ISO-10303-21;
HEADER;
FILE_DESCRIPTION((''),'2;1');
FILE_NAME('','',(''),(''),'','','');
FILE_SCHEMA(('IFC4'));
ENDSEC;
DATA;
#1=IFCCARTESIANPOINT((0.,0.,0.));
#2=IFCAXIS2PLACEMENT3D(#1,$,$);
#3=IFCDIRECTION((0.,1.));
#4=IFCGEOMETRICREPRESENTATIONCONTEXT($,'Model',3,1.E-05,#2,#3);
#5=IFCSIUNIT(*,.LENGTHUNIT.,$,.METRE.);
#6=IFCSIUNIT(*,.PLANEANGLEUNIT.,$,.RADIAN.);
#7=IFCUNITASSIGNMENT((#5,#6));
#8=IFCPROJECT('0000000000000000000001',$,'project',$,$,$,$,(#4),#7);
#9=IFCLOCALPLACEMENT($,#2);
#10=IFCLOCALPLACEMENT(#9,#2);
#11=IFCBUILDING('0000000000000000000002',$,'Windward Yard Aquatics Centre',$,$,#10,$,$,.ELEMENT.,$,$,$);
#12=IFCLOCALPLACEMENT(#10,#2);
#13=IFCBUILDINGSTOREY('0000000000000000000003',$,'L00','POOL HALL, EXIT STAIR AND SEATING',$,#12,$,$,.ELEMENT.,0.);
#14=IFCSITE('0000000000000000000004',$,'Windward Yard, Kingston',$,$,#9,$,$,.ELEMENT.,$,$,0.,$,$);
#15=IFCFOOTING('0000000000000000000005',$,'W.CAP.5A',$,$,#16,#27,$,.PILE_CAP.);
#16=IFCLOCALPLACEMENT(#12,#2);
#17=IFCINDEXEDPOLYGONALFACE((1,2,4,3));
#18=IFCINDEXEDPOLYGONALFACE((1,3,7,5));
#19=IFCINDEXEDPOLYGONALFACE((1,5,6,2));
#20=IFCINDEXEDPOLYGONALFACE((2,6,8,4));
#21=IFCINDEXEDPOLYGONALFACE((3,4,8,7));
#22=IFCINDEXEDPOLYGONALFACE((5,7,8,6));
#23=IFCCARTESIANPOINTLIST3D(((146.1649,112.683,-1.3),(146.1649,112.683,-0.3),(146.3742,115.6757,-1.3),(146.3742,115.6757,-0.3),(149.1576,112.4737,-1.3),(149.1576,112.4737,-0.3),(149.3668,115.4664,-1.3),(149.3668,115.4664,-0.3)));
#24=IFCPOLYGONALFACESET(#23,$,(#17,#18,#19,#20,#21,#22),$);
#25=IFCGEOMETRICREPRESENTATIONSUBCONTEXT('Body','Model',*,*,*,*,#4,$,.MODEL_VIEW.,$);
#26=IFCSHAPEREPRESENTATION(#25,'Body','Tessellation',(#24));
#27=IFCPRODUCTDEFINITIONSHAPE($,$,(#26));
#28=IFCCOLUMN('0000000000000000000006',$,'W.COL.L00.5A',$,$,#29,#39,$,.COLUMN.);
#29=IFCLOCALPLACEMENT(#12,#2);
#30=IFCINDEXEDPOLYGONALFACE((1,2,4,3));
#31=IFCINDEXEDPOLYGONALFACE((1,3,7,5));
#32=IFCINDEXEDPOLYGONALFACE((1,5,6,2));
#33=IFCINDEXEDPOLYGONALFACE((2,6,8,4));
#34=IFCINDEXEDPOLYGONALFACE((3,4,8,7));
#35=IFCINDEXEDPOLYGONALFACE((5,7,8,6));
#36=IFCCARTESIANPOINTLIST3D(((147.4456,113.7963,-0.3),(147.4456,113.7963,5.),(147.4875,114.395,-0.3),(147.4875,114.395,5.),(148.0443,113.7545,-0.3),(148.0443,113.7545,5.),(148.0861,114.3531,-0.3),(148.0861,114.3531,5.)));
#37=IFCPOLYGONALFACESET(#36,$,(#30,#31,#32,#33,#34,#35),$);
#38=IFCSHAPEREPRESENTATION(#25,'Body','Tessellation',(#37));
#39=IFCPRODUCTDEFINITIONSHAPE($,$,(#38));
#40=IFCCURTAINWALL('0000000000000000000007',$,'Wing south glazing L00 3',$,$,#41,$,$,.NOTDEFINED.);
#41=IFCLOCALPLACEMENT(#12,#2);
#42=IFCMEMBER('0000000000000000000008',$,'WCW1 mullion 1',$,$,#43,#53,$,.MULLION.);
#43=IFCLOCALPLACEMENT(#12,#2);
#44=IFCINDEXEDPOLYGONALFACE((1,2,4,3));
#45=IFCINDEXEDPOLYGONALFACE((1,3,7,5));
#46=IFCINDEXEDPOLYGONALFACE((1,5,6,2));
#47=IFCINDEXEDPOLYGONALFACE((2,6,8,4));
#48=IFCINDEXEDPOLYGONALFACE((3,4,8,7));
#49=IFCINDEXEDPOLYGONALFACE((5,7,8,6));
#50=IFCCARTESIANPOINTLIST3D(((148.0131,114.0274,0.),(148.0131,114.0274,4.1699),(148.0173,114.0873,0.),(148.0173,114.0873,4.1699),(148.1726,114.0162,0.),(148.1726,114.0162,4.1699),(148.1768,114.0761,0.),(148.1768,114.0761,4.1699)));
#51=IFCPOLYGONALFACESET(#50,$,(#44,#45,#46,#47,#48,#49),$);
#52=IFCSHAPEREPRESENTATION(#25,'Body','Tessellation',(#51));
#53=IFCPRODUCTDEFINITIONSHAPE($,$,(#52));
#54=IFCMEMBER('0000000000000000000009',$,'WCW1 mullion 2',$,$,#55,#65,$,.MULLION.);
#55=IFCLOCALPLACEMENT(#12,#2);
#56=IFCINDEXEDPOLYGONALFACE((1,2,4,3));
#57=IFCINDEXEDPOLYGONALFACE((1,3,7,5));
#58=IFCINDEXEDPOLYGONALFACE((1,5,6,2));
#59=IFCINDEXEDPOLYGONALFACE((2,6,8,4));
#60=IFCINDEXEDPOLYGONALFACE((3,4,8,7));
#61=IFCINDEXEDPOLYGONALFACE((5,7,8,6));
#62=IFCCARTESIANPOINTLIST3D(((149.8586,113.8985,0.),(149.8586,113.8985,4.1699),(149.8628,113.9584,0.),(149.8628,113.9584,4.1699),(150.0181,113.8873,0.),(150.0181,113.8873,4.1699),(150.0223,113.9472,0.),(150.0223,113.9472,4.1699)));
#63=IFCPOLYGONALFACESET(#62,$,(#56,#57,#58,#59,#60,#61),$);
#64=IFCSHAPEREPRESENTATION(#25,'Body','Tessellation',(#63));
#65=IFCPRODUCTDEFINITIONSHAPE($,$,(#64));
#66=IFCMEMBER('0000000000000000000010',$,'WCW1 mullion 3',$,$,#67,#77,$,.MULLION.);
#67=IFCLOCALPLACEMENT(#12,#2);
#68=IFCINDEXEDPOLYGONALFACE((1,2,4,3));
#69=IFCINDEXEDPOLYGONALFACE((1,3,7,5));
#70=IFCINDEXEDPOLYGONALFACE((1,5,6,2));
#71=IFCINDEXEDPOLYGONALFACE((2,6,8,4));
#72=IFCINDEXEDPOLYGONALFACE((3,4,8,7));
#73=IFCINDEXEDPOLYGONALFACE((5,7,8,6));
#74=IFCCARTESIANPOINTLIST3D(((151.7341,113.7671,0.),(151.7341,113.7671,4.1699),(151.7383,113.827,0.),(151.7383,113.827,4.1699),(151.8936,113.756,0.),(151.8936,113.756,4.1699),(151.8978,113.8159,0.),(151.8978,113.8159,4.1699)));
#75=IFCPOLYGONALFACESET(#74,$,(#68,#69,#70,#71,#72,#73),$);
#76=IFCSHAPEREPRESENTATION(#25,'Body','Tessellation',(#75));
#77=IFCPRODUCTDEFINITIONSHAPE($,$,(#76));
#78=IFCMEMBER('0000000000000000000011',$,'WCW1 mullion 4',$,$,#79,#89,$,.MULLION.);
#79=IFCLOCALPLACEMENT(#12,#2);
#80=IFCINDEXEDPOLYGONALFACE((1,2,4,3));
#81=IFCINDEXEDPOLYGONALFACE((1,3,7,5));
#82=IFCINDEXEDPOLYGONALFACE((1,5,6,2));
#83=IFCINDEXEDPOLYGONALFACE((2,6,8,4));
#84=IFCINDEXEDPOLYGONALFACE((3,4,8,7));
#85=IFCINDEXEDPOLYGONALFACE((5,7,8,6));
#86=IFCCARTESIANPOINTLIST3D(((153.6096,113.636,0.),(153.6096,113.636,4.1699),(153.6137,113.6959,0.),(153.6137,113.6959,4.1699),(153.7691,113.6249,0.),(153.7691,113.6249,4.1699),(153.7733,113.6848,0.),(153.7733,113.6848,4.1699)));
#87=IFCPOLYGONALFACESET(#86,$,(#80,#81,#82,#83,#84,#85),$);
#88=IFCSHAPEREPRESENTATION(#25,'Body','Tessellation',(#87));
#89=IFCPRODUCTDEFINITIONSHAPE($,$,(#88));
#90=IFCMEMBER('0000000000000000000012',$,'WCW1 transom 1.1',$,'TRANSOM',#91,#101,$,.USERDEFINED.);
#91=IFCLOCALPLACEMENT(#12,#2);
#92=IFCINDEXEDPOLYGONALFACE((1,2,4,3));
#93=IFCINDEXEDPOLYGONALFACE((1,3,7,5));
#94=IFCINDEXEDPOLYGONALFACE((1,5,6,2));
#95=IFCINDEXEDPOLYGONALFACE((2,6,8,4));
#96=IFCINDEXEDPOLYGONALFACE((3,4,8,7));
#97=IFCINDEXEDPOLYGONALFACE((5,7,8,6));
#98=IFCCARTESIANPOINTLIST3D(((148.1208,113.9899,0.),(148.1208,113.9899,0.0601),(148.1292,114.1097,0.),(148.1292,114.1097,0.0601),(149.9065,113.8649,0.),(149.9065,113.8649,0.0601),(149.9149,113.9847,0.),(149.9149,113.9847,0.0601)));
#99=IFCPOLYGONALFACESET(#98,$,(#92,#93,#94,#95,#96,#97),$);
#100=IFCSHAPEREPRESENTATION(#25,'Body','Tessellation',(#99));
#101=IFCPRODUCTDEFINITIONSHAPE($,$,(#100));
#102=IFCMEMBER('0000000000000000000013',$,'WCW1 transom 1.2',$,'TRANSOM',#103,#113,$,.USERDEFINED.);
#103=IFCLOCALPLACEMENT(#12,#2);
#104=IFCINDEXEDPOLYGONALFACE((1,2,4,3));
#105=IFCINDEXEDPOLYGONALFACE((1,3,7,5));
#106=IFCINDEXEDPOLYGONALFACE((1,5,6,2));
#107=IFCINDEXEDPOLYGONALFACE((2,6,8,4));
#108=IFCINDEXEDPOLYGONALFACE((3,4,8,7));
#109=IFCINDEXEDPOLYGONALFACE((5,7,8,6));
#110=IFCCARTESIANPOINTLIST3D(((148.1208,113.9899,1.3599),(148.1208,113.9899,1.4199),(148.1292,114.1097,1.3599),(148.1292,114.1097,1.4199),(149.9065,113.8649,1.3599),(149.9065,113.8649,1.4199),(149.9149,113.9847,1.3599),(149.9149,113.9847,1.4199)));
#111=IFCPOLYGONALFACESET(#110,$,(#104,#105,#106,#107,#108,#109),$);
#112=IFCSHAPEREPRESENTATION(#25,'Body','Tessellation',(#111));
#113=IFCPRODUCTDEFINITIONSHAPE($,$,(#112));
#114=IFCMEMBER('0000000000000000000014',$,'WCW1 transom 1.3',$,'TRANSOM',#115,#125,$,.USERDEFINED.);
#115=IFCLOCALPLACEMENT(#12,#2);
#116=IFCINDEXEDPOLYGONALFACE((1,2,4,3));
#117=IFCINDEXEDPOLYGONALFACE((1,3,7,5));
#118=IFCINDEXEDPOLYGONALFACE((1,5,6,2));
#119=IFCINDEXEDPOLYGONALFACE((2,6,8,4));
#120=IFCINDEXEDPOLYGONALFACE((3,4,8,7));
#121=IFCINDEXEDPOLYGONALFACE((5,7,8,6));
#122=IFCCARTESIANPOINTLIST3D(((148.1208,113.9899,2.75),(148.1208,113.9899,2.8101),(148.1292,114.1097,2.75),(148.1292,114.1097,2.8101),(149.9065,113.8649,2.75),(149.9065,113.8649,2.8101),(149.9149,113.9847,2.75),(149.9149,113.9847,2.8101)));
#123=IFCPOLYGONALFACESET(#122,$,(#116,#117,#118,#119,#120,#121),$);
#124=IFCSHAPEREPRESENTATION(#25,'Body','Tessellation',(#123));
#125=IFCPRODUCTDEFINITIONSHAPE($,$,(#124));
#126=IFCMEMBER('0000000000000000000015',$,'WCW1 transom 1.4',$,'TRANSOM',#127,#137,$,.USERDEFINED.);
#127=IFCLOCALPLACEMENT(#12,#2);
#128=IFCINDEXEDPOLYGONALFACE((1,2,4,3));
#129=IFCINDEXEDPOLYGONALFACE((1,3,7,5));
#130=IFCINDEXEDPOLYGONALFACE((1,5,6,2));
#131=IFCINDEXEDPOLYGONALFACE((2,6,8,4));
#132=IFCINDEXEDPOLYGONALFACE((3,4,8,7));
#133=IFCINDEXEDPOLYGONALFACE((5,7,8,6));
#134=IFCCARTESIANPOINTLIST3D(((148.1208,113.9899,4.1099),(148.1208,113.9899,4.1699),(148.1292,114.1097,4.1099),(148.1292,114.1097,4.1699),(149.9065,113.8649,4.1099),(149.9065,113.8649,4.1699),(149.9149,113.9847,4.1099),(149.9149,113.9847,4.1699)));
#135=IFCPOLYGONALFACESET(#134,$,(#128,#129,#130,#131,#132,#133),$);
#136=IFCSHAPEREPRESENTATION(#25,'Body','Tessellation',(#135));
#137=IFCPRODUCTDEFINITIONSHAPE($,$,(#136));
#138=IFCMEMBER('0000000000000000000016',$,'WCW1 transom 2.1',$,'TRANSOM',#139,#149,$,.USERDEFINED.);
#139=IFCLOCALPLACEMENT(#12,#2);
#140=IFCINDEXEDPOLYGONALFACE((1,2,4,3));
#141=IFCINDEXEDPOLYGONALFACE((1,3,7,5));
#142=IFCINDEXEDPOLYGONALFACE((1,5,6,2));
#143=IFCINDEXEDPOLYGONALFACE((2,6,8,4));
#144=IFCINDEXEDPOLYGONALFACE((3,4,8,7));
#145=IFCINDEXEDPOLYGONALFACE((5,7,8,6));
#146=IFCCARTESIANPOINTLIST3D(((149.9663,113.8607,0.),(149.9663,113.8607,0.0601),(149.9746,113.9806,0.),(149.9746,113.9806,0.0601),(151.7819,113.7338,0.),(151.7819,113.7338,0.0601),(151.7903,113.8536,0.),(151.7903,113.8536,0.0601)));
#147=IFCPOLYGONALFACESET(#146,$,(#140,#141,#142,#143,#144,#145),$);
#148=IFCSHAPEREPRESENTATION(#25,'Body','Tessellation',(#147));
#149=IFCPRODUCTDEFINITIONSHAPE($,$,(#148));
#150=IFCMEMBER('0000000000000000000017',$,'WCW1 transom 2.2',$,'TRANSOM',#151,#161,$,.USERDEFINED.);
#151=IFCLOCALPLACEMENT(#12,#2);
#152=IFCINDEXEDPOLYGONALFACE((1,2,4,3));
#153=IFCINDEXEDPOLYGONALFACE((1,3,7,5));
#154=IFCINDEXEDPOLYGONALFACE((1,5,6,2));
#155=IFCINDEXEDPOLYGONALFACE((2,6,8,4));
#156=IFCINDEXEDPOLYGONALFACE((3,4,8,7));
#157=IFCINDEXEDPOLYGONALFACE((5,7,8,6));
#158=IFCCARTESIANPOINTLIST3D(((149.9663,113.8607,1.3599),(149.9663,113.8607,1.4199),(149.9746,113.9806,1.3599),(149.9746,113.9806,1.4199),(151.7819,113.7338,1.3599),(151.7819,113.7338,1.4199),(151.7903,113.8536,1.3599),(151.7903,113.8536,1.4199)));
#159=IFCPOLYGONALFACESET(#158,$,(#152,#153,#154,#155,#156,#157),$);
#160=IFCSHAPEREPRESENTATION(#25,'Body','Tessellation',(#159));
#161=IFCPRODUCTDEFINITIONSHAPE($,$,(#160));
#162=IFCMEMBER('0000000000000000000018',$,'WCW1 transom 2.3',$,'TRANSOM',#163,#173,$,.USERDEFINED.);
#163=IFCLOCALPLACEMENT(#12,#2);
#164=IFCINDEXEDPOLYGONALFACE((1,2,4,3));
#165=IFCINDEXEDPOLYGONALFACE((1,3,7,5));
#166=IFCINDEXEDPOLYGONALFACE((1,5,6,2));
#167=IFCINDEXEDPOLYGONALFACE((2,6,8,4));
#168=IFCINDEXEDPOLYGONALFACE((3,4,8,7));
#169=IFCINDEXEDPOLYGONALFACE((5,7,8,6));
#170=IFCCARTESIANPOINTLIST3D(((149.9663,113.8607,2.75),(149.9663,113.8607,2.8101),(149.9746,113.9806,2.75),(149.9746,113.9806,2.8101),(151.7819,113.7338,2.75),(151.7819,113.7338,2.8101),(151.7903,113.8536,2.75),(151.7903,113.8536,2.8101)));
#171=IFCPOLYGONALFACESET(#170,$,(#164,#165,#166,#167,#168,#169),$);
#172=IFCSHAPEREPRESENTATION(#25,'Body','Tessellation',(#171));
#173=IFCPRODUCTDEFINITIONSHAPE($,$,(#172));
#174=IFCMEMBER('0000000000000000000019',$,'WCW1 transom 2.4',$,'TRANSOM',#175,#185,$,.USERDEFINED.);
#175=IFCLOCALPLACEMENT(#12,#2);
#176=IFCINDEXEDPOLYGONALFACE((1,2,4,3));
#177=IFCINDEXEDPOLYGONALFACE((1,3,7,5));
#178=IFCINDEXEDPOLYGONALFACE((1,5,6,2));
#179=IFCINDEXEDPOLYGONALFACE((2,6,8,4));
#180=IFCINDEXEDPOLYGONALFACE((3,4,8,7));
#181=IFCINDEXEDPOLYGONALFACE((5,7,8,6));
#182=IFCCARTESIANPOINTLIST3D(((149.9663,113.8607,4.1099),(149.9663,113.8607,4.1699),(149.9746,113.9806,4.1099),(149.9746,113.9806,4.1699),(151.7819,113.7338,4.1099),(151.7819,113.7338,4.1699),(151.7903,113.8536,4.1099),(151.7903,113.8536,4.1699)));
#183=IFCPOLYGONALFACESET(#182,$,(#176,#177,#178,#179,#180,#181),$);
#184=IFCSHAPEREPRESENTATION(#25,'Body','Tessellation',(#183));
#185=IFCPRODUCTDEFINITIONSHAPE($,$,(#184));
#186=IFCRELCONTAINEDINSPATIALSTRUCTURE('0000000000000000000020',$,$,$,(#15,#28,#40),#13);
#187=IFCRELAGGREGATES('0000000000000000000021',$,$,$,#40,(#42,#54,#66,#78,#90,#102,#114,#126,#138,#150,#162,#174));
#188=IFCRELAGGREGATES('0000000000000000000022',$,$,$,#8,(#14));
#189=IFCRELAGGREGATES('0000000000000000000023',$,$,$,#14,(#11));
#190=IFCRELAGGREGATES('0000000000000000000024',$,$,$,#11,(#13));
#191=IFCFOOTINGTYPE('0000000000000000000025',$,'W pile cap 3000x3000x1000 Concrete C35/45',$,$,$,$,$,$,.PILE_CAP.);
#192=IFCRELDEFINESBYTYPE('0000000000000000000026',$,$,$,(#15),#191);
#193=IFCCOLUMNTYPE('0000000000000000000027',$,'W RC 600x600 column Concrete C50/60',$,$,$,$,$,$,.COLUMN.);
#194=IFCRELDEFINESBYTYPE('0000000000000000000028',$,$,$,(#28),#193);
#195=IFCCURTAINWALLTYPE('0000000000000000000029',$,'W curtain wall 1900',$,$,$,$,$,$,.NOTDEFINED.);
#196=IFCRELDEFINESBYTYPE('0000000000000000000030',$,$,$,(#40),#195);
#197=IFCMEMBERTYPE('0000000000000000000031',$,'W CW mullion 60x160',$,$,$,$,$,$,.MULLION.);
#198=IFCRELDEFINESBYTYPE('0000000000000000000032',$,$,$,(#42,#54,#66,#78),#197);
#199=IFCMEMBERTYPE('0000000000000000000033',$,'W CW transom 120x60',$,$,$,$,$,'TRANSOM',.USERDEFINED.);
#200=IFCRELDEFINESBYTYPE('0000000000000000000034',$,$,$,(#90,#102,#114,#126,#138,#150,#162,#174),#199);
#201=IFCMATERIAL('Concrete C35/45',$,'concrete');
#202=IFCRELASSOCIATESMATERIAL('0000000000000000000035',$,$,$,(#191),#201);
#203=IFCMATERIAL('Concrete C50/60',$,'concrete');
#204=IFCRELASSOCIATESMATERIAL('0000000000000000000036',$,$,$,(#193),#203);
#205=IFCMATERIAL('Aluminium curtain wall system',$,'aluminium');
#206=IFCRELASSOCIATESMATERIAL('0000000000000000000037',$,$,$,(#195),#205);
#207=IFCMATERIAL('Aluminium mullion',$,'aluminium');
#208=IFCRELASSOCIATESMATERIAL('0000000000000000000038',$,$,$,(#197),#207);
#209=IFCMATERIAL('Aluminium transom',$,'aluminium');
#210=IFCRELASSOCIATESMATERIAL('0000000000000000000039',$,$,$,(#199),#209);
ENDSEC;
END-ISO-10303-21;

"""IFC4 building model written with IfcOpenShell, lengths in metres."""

from ifc_helpers import new_model, si_unit, direction, frame, origin, origin_2d, place, context, subcontext, project, spatial, rectangle, extrude, material, material_profile, profile_set, type_object, element, aggregate, save


model = new_model("IFC4")

# Units and contexts
model_context = context("Model", 3, precision=1e-05, world=origin(), true_north=direction((0.0, 1.0)))
body_context = subcontext(model_context, "Body", "Model", "MODEL_VIEW")
ifc_project = project(units=[si_unit("LENGTHUNIT", "METRE"), si_unit("PLANEANGLEUNIT", "RADIAN")], contexts=[model_context])

# Site, building, storey
site_placement = place(None, origin())
site = spatial("IfcSite", under=ifc_project, at=site_placement, Name="Windward Yard, Kingston", CompositionType="ELEMENT", RefElevation=0.0)
building_placement = place(site_placement, origin())
building = spatial("IfcBuilding", under=site, at=building_placement, Name="Windward Yard Aquatics Centre", CompositionType="ELEMENT")
storey_placement = place(building_placement, origin())
storey = spatial("IfcBuildingStorey", under=building, at=storey_placement, Name="L00", Description="POOL HALL, EXIT STAIR AND SEATING", CompositionType="ELEMENT", Elevation=0.0)

# Footing
ifc_material_1 = material(Name="Concrete C35/45", Category="concrete")
footing_type = type_object("IfcFootingType", Name="W pile cap 3000x3000x1000 Concrete C35/45", PredefinedType="PILE_CAP", material=ifc_material_1)
footing_placement = place(storey_placement, frame((147.7659, 114.0747, -1.3), z_axis=(0.0, 0.0, 1.0), x_axis=(0.997564, -0.069756, 0.0)))
element("IfcFooting", 1, at=footing_placement, inside=storey, type_object=footing_type, Name="W.CAP.5A", PredefinedType="PILE_CAP", context=body_context, shape_type="SweptSolid", body=[
    extrude(rectangle(XDim=3.0, YDim=3.0, at=origin_2d()), origin(), (0.0, 0.0, 1.0), 1.0),
])

# Column
ifc_material_2 = material(Name="Concrete C50/60", Category="concrete")
ifc_material_profile_1 = material_profile(ifc_material_2, rectangle(XDim=0.6001, YDim=0.6001, at=origin_2d()), Name="RC 600x600")
ifc_profile_set_1 = profile_set([ifc_material_profile_1], Name="Concrete C50/60")
column_type = type_object("IfcColumnType", Name="W RC 600x600 column Concrete C50/60", PredefinedType="COLUMN", material=ifc_profile_set_1)
column_placement = place(storey_placement, frame((147.7659, 114.0747, -0.3), z_axis=(0.0, 0.0, 1.0), x_axis=(0.997564, -0.069756, 0.0)))
element("IfcColumn", 2, at=column_placement, inside=storey, type_object=column_type, Name="W.COL.L00.5A", PredefinedType="COLUMN", context=body_context, shape_type="SweptSolid", body=[
    extrude(rectangle(XDim=0.6001, YDim=0.6001, at=origin_2d()), origin(), (0.0, 0.0, 1.0), 5.3),
])

# Curtain wall, members
ifc_material_3 = material(Name="Aluminium curtain wall system", Category="aluminium")
curtain_wall_type = type_object("IfcCurtainWallType", Name="W curtain wall 1900", PredefinedType="NOTDEFINED", material=ifc_material_3)
curtain_wall_placement = place(storey_placement, origin())
curtain_wall = element("IfcCurtainWall", 3, at=curtain_wall_placement, inside=storey, type_object=curtain_wall_type, Name="Wing south glazing L00 3", PredefinedType="NOTDEFINED")
ifc_material_4 = material(Name="Aluminium mullion", Category="aluminium")
ifc_material_profile_2 = material_profile(ifc_material_4, rectangle(XDim=0.0601, YDim=0.1599, at=origin_2d()), Name="AL 60x160")
ifc_profile_set_2 = profile_set([ifc_material_profile_2], Name="Aluminium mullion")
member_type_1 = type_object("IfcMemberType", Name="W CW mullion 60x160", PredefinedType="MULLION", material=ifc_profile_set_2)
member_1_placement = place(storey_placement, frame((148.095, 114.0518, 0.0), z_axis=(0.0, 0.0, 1.0), x_axis=(0.069755, 0.997564, 0.0)))
member_1 = element("IfcMember", 4, at=member_1_placement, type_object=member_type_1, Name="WCW1 mullion 1", PredefinedType="MULLION", context=body_context, shape_type="SweptSolid", body=[
    extrude(rectangle(XDim=0.0601, YDim=0.1599, at=origin_2d()), origin(), (0.0, 0.0, 1.0), 4.1699),
])
member_2_placement = place(storey_placement, frame((149.9404, 113.9229, 0.0), z_axis=(0.0, 0.0, 1.0), x_axis=(0.069755, 0.997564, 0.0)))
member_2 = element("IfcMember", 5, at=member_2_placement, type_object=member_type_1, Name="WCW1 mullion 2", PredefinedType="MULLION", context=body_context, shape_type="SweptSolid", body=[
    extrude(rectangle(XDim=0.0601, YDim=0.1599, at=origin_2d()), origin(), (0.0, 0.0, 1.0), 4.1699),
])
member_3_placement = place(storey_placement, frame((151.8159, 113.7915, 0.0), z_axis=(0.0, 0.0, 1.0), x_axis=(0.069755, 0.997564, 0.0)))
member_3 = element("IfcMember", 6, at=member_3_placement, type_object=member_type_1, Name="WCW1 mullion 3", PredefinedType="MULLION", context=body_context, shape_type="SweptSolid", body=[
    extrude(rectangle(XDim=0.0601, YDim=0.1599, at=origin_2d()), origin(), (0.0, 0.0, 1.0), 4.1699),
])
member_4_placement = place(storey_placement, frame((153.6914, 113.6604, 0.0), z_axis=(0.0, 0.0, 1.0), x_axis=(0.069755, 0.997564, 0.0)))
member_4 = element("IfcMember", 7, at=member_4_placement, type_object=member_type_1, Name="WCW1 mullion 4", PredefinedType="MULLION", context=body_context, shape_type="SweptSolid", body=[
    extrude(rectangle(XDim=0.0601, YDim=0.1599, at=origin_2d()), origin(), (0.0, 0.0, 1.0), 4.1699),
])
ifc_material_5 = material(Name="Aluminium transom", Category="aluminium")
ifc_material_profile_3 = material_profile(ifc_material_5, rectangle(XDim=0.1201, YDim=0.0601, at=origin_2d()), Name="AL 120x60")
ifc_profile_set_3 = profile_set([ifc_material_profile_3], Name="Aluminium transom")
member_type_2 = type_object("IfcMemberType", Name="W CW transom 120x60", ElementType="TRANSOM", PredefinedType="USERDEFINED", material=ifc_profile_set_3)
member_5_placement = place(storey_placement, frame((148.125, 114.0498, 0.03), z_axis=(0.997559, -0.069832, 0.0), x_axis=(0.069832, 0.997559, 0.0)))
member_5 = element("IfcMember", 8, at=member_5_placement, type_object=member_type_2, Name="WCW1 transom 1.1", ObjectType="TRANSOM", PredefinedType="USERDEFINED", context=body_context, shape_type="SweptSolid", body=[
    extrude(rectangle(XDim=0.1201, YDim=0.0601, at=origin_2d()), origin(), (0.0, 0.0, 1.0), 1.79),
])
member_6_placement = place(storey_placement, frame((148.125, 114.0498, 1.3899), z_axis=(0.997559, -0.069832, 0.0), x_axis=(0.069832, 0.997559, 0.0)))
member_6 = element("IfcMember", 9, at=member_6_placement, type_object=member_type_2, Name="WCW1 transom 1.2", ObjectType="TRANSOM", PredefinedType="USERDEFINED", context=body_context, shape_type="SweptSolid", body=[
    extrude(rectangle(XDim=0.1201, YDim=0.0601, at=origin_2d()), origin(), (0.0, 0.0, 1.0), 1.79),
])
member_7_placement = place(storey_placement, frame((148.125, 114.0498, 2.78), z_axis=(0.997559, -0.069832, 0.0), x_axis=(0.069832, 0.997559, 0.0)))
member_7 = element("IfcMember", 10, at=member_7_placement, type_object=member_type_2, Name="WCW1 transom 1.3", ObjectType="TRANSOM", PredefinedType="USERDEFINED", context=body_context, shape_type="SweptSolid", body=[
    extrude(rectangle(XDim=0.1201, YDim=0.0601, at=origin_2d()), origin(), (0.0, 0.0, 1.0), 1.79),
])
member_8_placement = place(storey_placement, frame((148.125, 114.0498, 4.1399), z_axis=(0.997559, -0.069832, 0.0), x_axis=(0.069832, 0.997559, 0.0)))
member_8 = element("IfcMember", 11, at=member_8_placement, type_object=member_type_2, Name="WCW1 transom 1.4", ObjectType="TRANSOM", PredefinedType="USERDEFINED", context=body_context, shape_type="SweptSolid", body=[
    extrude(rectangle(XDim=0.1201, YDim=0.0601, at=origin_2d()), origin(), (0.0, 0.0, 1.0), 1.79),
])
member_9_placement = place(storey_placement, frame((149.9705, 113.9207, 0.03), z_axis=(0.997564, -0.06975, 0.0), x_axis=(0.06975, 0.997564, 0.0)))
member_9 = element("IfcMember", 12, at=member_9_placement, type_object=member_type_2, Name="WCW1 transom 2.1", ObjectType="TRANSOM", PredefinedType="USERDEFINED", context=body_context, shape_type="SweptSolid", body=[
    extrude(rectangle(XDim=0.1201, YDim=0.0601, at=origin_2d()), origin(), (0.0, 0.0, 1.0), 1.8201),
])
member_10_placement = place(storey_placement, frame((149.9705, 113.9207, 1.3899), z_axis=(0.997564, -0.06975, 0.0), x_axis=(0.06975, 0.997564, 0.0)))
member_10 = element("IfcMember", 13, at=member_10_placement, type_object=member_type_2, Name="WCW1 transom 2.2", ObjectType="TRANSOM", PredefinedType="USERDEFINED", context=body_context, shape_type="SweptSolid", body=[
    extrude(rectangle(XDim=0.1201, YDim=0.0601, at=origin_2d()), origin(), (0.0, 0.0, 1.0), 1.8201),
])
member_11_placement = place(storey_placement, frame((149.9705, 113.9207, 2.78), z_axis=(0.997564, -0.06975, 0.0), x_axis=(0.06975, 0.997564, 0.0)))
member_11 = element("IfcMember", 14, at=member_11_placement, type_object=member_type_2, Name="WCW1 transom 2.3", ObjectType="TRANSOM", PredefinedType="USERDEFINED", context=body_context, shape_type="SweptSolid", body=[
    extrude(rectangle(XDim=0.1201, YDim=0.0601, at=origin_2d()), origin(), (0.0, 0.0, 1.0), 1.8201),
])
member_12_placement = place(storey_placement, frame((149.9705, 113.9207, 4.1399), z_axis=(0.997564, -0.06975, 0.0), x_axis=(0.06975, 0.997564, 0.0)))
member_12 = element("IfcMember", 15, at=member_12_placement, type_object=member_type_2, Name="WCW1 transom 2.4", ObjectType="TRANSOM", PredefinedType="USERDEFINED", context=body_context, shape_type="SweptSolid", body=[
    extrude(rectangle(XDim=0.1201, YDim=0.0601, at=origin_2d()), origin(), (0.0, 0.0, 1.0), 1.8201),
])
aggregate(curtain_wall, [member_1, member_2, member_3, member_4, member_5, member_6, member_7, member_8, member_9, member_10, member_11, member_12])

save(model, "model.ifc")
